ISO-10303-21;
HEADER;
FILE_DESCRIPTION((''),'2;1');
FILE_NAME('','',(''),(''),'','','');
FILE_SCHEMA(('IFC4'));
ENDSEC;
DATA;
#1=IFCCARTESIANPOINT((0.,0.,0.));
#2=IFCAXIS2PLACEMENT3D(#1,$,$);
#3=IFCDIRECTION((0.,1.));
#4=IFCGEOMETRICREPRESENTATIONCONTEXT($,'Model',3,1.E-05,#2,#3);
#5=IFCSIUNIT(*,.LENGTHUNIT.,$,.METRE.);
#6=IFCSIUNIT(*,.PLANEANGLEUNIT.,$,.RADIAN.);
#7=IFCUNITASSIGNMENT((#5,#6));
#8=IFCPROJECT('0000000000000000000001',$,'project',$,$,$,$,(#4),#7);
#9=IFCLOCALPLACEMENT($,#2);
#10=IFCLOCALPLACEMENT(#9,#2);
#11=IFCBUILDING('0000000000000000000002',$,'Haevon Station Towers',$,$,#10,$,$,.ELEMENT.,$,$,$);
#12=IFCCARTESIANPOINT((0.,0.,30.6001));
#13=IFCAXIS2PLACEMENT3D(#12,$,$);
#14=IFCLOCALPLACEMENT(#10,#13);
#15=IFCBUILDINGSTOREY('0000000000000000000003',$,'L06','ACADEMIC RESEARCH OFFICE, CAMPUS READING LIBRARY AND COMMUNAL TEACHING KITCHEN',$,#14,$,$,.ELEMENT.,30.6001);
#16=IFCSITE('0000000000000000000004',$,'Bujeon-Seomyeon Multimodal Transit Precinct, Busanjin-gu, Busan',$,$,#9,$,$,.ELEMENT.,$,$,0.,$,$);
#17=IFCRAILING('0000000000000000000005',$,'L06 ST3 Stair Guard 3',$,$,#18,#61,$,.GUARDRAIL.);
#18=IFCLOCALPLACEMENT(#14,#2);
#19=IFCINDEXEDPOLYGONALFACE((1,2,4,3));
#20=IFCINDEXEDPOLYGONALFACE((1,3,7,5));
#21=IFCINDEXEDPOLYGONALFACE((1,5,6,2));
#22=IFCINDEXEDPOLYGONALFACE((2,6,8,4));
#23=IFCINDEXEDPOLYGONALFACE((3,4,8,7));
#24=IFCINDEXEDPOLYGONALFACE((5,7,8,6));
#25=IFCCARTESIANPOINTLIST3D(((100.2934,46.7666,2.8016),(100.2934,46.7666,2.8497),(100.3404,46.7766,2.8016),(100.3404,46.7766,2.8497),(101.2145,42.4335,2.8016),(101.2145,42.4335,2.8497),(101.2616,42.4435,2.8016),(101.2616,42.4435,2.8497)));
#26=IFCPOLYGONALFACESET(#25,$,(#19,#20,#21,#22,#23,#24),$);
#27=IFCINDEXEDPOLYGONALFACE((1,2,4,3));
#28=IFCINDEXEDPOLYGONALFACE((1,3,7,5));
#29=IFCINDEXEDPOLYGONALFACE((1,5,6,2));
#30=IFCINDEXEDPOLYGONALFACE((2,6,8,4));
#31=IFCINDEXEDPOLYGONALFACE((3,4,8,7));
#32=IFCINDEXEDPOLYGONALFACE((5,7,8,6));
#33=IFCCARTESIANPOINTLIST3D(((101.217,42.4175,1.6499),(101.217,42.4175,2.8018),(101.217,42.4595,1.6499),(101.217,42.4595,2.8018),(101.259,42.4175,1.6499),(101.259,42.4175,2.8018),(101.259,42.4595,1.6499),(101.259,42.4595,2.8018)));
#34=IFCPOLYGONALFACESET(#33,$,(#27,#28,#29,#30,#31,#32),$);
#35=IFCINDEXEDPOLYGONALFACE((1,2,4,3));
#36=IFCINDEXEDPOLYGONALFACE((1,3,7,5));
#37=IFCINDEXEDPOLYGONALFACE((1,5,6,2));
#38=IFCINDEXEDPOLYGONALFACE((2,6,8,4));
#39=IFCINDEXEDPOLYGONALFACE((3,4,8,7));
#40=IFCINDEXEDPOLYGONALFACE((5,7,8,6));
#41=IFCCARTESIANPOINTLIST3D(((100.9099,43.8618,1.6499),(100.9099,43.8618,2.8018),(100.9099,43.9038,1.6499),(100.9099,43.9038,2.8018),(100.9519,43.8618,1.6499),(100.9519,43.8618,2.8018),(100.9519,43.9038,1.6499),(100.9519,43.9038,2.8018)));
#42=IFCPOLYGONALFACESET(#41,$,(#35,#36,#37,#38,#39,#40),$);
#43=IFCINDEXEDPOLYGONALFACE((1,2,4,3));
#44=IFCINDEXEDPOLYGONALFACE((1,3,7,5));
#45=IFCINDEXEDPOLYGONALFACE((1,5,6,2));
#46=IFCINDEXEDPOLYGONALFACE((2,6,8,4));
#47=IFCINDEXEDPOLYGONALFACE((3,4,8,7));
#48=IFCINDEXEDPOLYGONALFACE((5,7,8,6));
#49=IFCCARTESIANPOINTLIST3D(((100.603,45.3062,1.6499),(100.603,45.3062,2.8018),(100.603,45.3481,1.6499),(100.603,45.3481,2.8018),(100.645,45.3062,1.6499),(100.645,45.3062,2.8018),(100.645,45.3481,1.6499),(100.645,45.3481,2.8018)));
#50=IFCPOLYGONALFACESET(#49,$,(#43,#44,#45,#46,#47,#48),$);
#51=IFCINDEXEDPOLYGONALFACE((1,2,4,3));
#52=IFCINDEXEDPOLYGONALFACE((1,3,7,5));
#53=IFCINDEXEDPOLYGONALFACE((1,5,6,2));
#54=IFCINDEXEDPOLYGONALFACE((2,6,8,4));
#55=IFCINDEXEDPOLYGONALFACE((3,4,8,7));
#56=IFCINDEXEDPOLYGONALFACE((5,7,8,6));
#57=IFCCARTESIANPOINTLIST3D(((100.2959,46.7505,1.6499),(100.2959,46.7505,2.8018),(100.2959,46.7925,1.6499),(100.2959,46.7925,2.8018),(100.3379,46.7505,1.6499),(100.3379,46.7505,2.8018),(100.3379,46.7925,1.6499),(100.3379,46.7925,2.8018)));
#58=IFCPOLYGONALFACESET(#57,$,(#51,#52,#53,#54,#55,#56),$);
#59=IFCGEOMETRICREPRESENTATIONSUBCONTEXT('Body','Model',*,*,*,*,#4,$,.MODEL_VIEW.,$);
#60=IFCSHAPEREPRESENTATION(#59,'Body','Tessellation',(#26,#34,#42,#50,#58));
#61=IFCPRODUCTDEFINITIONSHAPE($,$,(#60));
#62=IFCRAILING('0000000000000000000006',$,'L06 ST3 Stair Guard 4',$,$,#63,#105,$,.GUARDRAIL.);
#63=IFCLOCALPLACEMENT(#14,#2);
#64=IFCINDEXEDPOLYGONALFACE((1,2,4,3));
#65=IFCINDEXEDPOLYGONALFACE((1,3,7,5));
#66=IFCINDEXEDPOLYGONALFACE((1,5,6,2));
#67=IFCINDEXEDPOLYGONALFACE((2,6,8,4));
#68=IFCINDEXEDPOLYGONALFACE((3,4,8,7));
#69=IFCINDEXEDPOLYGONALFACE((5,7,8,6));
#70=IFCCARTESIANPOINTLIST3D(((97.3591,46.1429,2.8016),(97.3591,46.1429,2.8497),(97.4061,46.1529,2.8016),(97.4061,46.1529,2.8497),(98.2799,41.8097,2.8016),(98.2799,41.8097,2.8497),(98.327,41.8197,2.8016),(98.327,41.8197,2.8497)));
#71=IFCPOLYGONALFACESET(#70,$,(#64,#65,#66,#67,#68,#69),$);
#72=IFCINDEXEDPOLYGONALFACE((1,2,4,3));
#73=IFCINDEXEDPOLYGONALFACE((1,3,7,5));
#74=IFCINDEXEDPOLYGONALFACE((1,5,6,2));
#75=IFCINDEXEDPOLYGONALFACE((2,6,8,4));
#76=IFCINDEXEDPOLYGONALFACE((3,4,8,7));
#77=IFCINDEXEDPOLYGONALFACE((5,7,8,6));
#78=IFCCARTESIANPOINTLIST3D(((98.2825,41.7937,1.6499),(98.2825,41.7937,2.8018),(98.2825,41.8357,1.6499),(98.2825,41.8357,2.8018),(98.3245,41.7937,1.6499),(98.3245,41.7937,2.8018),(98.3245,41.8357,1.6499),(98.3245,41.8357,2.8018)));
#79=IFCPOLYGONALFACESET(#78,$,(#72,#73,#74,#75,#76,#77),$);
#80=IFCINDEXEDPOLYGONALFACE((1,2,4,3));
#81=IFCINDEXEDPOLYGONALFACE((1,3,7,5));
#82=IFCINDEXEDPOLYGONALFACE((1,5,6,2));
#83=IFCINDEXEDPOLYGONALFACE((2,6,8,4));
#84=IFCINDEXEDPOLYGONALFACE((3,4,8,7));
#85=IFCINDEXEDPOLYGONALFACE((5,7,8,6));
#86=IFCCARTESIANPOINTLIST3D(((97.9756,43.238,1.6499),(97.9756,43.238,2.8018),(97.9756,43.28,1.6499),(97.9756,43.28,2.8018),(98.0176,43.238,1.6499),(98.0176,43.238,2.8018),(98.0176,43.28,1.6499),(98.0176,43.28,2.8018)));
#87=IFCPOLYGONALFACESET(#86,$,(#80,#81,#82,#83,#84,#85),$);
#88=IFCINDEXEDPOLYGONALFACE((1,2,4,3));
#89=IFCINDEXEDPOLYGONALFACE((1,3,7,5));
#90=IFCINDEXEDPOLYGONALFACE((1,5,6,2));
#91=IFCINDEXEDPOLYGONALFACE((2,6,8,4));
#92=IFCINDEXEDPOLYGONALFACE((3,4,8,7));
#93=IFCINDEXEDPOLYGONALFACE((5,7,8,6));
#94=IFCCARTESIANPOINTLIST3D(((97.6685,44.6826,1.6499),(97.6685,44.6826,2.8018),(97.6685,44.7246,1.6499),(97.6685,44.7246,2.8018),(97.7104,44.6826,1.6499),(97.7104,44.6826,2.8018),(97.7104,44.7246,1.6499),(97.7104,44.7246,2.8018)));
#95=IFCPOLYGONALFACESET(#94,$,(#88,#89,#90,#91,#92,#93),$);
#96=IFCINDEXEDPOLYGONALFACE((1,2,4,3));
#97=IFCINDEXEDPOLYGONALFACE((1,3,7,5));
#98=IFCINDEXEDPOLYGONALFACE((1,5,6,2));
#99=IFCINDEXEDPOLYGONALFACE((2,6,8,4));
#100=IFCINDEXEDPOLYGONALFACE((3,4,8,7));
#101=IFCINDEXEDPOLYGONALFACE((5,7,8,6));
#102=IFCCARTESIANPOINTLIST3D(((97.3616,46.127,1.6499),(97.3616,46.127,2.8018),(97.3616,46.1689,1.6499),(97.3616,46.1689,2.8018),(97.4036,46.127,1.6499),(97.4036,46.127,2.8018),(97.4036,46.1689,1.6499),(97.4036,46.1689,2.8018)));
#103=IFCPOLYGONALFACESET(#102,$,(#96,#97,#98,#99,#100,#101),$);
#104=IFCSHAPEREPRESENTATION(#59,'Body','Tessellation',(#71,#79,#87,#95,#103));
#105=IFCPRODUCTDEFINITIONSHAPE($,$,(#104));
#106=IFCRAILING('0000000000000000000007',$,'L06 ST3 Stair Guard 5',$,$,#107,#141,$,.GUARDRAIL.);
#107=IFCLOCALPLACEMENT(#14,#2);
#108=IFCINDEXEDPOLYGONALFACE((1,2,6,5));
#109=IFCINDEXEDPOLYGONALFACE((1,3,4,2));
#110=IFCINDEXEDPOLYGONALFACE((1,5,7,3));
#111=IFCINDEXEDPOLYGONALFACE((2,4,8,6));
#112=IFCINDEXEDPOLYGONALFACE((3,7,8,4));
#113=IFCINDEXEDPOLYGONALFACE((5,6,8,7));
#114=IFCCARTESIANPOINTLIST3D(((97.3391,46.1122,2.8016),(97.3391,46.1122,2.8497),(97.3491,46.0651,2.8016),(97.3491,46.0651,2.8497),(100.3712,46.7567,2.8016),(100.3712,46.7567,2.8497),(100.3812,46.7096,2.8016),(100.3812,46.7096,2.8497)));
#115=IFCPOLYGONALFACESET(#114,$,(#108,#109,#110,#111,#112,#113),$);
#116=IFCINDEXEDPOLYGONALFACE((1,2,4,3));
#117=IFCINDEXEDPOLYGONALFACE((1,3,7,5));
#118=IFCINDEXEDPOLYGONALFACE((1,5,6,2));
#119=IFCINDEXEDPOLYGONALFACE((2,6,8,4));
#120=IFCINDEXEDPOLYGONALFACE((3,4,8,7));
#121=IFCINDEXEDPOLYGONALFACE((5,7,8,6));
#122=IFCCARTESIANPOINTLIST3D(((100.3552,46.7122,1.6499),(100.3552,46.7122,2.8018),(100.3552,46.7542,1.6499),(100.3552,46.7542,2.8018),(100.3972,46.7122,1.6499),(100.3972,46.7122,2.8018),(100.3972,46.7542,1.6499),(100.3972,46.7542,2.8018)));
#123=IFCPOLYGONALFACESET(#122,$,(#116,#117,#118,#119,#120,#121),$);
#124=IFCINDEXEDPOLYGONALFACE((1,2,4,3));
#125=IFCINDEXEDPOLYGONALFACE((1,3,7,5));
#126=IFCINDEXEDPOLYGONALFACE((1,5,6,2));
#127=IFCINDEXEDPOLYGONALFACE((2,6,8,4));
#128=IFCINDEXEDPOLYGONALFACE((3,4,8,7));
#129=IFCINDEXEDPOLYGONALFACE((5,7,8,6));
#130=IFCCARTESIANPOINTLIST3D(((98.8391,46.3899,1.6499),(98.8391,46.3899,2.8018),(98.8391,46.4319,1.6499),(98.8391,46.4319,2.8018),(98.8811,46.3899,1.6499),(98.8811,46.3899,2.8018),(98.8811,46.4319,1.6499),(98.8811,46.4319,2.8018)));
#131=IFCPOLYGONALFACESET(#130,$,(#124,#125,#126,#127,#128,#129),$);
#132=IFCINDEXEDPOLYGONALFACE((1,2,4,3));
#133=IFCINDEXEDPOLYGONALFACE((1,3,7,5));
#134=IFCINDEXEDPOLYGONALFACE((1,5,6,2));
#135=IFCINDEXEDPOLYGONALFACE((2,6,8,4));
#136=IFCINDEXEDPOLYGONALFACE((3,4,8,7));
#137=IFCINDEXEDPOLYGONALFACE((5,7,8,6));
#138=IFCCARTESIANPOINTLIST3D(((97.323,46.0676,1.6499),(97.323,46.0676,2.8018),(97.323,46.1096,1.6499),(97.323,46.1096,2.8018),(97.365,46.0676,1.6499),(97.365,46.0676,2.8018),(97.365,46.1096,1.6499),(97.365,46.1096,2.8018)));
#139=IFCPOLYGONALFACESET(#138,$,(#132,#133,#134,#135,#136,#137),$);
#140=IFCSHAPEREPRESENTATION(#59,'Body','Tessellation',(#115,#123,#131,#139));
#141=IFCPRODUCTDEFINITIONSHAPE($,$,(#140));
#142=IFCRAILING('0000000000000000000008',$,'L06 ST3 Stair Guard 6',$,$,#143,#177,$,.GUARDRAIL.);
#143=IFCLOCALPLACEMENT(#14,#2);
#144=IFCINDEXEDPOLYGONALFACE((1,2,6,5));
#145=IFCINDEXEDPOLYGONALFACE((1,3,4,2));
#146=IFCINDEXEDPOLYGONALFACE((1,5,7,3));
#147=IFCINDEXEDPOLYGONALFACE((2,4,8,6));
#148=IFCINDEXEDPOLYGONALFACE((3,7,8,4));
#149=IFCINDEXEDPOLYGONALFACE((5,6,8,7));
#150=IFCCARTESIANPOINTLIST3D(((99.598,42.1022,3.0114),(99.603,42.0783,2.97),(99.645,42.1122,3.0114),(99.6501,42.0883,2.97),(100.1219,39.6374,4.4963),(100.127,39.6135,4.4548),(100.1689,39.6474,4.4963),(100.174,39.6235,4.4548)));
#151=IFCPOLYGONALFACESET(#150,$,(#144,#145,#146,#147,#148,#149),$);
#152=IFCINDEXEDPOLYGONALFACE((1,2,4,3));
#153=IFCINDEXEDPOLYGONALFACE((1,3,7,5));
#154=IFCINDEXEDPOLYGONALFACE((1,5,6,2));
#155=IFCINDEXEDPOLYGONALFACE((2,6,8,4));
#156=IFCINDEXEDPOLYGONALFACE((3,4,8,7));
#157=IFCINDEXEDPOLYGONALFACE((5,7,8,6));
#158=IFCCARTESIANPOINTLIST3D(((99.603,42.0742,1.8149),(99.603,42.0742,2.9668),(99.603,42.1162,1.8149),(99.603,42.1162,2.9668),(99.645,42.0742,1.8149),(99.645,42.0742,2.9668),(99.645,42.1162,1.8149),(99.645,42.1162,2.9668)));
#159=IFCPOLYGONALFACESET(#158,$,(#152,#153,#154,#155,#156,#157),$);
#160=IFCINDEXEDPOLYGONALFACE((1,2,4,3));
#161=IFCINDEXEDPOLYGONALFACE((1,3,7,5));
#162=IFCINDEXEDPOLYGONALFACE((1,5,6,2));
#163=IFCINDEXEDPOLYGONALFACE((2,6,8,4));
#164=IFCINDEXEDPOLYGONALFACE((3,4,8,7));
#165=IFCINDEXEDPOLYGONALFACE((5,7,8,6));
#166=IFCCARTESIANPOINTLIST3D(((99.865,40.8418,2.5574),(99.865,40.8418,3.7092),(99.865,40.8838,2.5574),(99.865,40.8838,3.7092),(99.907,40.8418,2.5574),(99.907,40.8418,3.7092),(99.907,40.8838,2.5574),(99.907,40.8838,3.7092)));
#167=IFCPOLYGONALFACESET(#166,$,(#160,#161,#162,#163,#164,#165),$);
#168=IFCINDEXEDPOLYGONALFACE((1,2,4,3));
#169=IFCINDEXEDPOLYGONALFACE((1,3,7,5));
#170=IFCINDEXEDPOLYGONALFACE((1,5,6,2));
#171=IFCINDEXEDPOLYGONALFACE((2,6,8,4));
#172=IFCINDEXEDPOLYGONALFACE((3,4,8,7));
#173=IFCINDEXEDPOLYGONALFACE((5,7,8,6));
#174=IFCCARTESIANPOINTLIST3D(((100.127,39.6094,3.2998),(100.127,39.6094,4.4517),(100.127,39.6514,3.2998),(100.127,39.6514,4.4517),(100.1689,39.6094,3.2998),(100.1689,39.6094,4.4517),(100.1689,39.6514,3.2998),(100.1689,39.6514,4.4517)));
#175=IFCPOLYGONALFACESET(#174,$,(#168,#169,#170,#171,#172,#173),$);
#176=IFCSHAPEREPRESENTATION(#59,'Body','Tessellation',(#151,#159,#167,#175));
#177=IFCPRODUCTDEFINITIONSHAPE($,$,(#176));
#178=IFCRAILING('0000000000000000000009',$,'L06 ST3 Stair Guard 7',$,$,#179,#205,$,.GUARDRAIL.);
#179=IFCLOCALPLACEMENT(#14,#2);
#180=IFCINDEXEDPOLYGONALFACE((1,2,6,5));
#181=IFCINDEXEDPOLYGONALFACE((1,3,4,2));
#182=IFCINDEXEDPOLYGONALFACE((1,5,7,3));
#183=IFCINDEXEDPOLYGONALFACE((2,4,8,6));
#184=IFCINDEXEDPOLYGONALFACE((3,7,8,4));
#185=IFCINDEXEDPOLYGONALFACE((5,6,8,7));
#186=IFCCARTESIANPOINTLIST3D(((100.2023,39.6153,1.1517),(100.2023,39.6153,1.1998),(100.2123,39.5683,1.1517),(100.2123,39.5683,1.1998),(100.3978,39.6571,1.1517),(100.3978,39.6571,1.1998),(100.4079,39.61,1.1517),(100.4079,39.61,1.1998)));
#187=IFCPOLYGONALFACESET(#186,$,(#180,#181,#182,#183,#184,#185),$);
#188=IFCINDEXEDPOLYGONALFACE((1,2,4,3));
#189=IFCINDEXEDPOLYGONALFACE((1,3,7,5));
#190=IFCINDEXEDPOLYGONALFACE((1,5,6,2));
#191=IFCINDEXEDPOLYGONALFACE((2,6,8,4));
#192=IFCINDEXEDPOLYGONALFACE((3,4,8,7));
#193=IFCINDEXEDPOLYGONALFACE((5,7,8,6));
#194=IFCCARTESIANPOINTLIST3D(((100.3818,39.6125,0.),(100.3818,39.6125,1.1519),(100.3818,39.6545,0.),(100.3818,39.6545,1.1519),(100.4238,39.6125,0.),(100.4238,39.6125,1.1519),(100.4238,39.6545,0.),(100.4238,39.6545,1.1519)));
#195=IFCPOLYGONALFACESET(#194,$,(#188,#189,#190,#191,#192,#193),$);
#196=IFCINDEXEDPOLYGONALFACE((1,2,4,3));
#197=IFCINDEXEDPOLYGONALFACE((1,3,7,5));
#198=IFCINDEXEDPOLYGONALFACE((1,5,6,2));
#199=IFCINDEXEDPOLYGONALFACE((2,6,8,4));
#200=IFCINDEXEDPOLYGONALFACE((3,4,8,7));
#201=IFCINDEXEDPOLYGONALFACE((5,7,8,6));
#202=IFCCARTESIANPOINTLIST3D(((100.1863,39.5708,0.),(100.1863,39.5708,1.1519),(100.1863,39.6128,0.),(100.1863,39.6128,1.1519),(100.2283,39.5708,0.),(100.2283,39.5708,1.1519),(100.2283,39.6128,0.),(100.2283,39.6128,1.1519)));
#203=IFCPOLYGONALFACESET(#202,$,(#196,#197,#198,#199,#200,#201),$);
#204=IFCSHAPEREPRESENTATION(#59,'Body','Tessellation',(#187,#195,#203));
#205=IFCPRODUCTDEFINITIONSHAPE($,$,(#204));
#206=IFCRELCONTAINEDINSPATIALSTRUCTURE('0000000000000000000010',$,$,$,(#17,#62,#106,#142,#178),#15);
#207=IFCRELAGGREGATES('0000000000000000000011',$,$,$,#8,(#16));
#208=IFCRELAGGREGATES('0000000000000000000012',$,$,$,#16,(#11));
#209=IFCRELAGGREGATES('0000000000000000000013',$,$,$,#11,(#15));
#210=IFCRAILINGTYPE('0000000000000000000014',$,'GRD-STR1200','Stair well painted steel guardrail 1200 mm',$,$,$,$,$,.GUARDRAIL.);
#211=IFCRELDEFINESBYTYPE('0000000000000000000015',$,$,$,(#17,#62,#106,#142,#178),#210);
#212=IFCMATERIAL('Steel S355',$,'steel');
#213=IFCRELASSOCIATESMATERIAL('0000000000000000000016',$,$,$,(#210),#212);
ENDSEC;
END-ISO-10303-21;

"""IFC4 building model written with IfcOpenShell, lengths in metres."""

from ifc_helpers import new_model, si_unit, direction, frame, origin, origin_2d, place, context, subcontext, project, spatial, rectangle, extrude, material, type_object, element, save


model = new_model("IFC4")

# Units and contexts
model_context = context("Model", 3, precision=1e-05, world=origin(), true_north=direction((0.0, 1.0)))
body_context = subcontext(model_context, "Body", "Model", "MODEL_VIEW")
ifc_project = project(units=[si_unit("LENGTHUNIT", "METRE"), si_unit("PLANEANGLEUNIT", "RADIAN")], contexts=[model_context])

# Site, building, storey
site_placement = place(None, origin())
site = spatial("IfcSite", under=ifc_project, at=site_placement, Name="Bujeon-Seomyeon Multimodal Transit Precinct, Busanjin-gu, Busan", CompositionType="ELEMENT", RefElevation=0.0)
building_placement = place(site_placement, origin())
building = spatial("IfcBuilding", under=site, at=building_placement, Name="Haevon Station Towers", CompositionType="ELEMENT")
storey_placement = place(building_placement, frame((0.0, 0.0, 30.6001)))
storey = spatial("IfcBuildingStorey", under=building, at=storey_placement, Name="L06", Description="ACADEMIC RESEARCH OFFICE, CAMPUS READING LIBRARY AND COMMUNAL TEACHING KITCHEN", CompositionType="ELEMENT", Elevation=30.6001)

# Shared definitions
ifc_material_1 = material(Name="Steel S355", Category="steel")

# Railings
railing_type_1 = type_object("IfcRailingType", Name="GRD-STR1200", Description="Stair well painted steel guardrail 1200 mm", PredefinedType="GUARDRAIL", material=ifc_material_1)
railing_1_placement = place(storey_placement, frame((101.238, 42.4385, 1.6499)))
element("IfcRailing", 1, at=railing_1_placement, inside=storey, type_object=railing_type_1, Name="L06 ST3 Stair Guard 3", PredefinedType="GUARDRAIL", context=body_context, shape_type="SweptSolid", body=[
    extrude(rectangle(XDim=0.0481, YDim=0.0481, at=origin_2d()), frame((0.0, 0.0, 1.1758), z_axis=(-0.20794, 0.978141, 0.0), x_axis=(-0.978141, -0.20794, 0.0)), (0.0, 0.0, 1.0), 4.4299),
    extrude(rectangle(XDim=0.042, YDim=0.042, at=origin_2d()), origin(), (0.0, 0.0, 1.0), 1.1519),
    extrude(rectangle(XDim=0.042, YDim=0.042, at=origin_2d()), frame((-0.3071, 1.4443, 0.0)), (0.0, 0.0, 1.0), 1.1519),
    extrude(rectangle(XDim=0.042, YDim=0.042, at=origin_2d()), frame((-0.614, 2.8887, 0.0)), (0.0, 0.0, 1.0), 1.1519),
    extrude(rectangle(XDim=0.042, YDim=0.042, at=origin_2d()), frame((-0.9211, 4.333, 0.0)), (0.0, 0.0, 1.0), 1.1519),
])
railing_2_placement = place(storey_placement, frame((98.3035, 41.8147, 1.6499)))
element("IfcRailing", 2, at=railing_2_placement, inside=storey, type_object=railing_type_1, Name="L06 ST3 Stair Guard 4", PredefinedType="GUARDRAIL", context=body_context, shape_type="SweptSolid", body=[
    extrude(rectangle(XDim=0.0481, YDim=0.0481, at=origin_2d()), frame((0.0, 0.0, 1.1758), z_axis=(-0.207877, 0.978155, 0.0), x_axis=(-0.978155, -0.207877, 0.0)), (0.0, 0.0, 1.0), 4.4299),
    extrude(rectangle(XDim=0.042, YDim=0.042, at=origin_2d()), origin(), (0.0, 0.0, 1.0), 1.1519),
    extrude(rectangle(XDim=0.042, YDim=0.042, at=origin_2d()), frame((-0.3069, 1.4443, 0.0)), (0.0, 0.0, 1.0), 1.1519),
    extrude(rectangle(XDim=0.042, YDim=0.042, at=origin_2d()), frame((-0.614, 2.8889, 0.0)), (0.0, 0.0, 1.0), 1.1519),
    extrude(rectangle(XDim=0.042, YDim=0.042, at=origin_2d()), frame((-0.9209, 4.3333, 0.0)), (0.0, 0.0, 1.0), 1.1519),
])
railing_3_placement = place(storey_placement, frame((100.3762, 46.7332, 1.6499)))
element("IfcRailing", 3, at=railing_3_placement, inside=storey, type_object=railing_type_1, Name="L06 ST3 Stair Guard 5", PredefinedType="GUARDRAIL", context=body_context, shape_type="SweptSolid", body=[
    extrude(rectangle(XDim=0.0481, YDim=0.0481, at=origin_2d()), frame((0.0, 0.0, 1.1758), z_axis=(-0.978147, -0.207915, 0.0), x_axis=(0.207915, -0.978147, 0.0)), (0.0, 0.0, 1.0), 3.0999),
    extrude(rectangle(XDim=0.042, YDim=0.042, at=origin_2d()), origin(), (0.0, 0.0, 1.0), 1.1519),
    extrude(rectangle(XDim=0.042, YDim=0.042, at=origin_2d()), frame((-1.5161, -0.3223, 0.0)), (0.0, 0.0, 1.0), 1.1519),
    extrude(rectangle(XDim=0.042, YDim=0.042, at=origin_2d()), frame((-3.0322, -0.6445, 0.0)), (0.0, 0.0, 1.0), 1.1519),
])
railing_4_placement = place(storey_placement, frame((99.624, 42.0952, 1.8149)))
element("IfcRailing", 4, at=railing_4_placement, inside=storey, type_object=railing_type_1, Name="L06 ST3 Stair Guard 6", PredefinedType="GUARDRAIL", context=body_context, shape_type="SweptSolid", body=[
    extrude(rectangle(XDim=0.0481, YDim=0.0481, at=origin_2d()), frame((0.0, 0.0, 1.1758), z_axis=(0.179129, -0.842724, 0.507671), x_axis=(0.978147, 0.207914, 0.0)), (0.0, 0.0, 1.0), 2.9248),
    extrude(rectangle(XDim=0.042, YDim=0.042, at=origin_2d()), origin(), (0.0, 0.0, 1.0), 1.1519),
    extrude(rectangle(XDim=0.042, YDim=0.042, at=origin_2d()), frame((0.262, -1.2324, 0.7424)), (0.0, 0.0, 1.0), 1.1519),
    extrude(rectangle(XDim=0.042, YDim=0.042, at=origin_2d()), frame((0.5239, -2.4648, 1.4849)), (0.0, 0.0, 1.0), 1.1519),
])
railing_5_placement = place(storey_placement, frame((100.4028, 39.6335, 0.0)))
element("IfcRailing", 5, at=railing_5_placement, inside=storey, type_object=railing_type_1, Name="L06 ST3 Stair Guard 7", PredefinedType="GUARDRAIL", context=body_context, shape_type="SweptSolid", body=[
    extrude(rectangle(XDim=0.0481, YDim=0.0481, at=origin_2d()), frame((0.0, 0.0, 1.1758), z_axis=(-0.977963, -0.208779, 0.0), x_axis=(0.208779, -0.977963, 0.0)), (0.0, 0.0, 1.0), 0.2),
    extrude(rectangle(XDim=0.042, YDim=0.042, at=origin_2d()), origin(), (0.0, 0.0, 1.0), 1.1519),
    extrude(rectangle(XDim=0.042, YDim=0.042, at=origin_2d()), frame((-0.1956, -0.0417, 0.0)), (0.0, 0.0, 1.0), 1.1519),
])

save(model, "model.ifc")
